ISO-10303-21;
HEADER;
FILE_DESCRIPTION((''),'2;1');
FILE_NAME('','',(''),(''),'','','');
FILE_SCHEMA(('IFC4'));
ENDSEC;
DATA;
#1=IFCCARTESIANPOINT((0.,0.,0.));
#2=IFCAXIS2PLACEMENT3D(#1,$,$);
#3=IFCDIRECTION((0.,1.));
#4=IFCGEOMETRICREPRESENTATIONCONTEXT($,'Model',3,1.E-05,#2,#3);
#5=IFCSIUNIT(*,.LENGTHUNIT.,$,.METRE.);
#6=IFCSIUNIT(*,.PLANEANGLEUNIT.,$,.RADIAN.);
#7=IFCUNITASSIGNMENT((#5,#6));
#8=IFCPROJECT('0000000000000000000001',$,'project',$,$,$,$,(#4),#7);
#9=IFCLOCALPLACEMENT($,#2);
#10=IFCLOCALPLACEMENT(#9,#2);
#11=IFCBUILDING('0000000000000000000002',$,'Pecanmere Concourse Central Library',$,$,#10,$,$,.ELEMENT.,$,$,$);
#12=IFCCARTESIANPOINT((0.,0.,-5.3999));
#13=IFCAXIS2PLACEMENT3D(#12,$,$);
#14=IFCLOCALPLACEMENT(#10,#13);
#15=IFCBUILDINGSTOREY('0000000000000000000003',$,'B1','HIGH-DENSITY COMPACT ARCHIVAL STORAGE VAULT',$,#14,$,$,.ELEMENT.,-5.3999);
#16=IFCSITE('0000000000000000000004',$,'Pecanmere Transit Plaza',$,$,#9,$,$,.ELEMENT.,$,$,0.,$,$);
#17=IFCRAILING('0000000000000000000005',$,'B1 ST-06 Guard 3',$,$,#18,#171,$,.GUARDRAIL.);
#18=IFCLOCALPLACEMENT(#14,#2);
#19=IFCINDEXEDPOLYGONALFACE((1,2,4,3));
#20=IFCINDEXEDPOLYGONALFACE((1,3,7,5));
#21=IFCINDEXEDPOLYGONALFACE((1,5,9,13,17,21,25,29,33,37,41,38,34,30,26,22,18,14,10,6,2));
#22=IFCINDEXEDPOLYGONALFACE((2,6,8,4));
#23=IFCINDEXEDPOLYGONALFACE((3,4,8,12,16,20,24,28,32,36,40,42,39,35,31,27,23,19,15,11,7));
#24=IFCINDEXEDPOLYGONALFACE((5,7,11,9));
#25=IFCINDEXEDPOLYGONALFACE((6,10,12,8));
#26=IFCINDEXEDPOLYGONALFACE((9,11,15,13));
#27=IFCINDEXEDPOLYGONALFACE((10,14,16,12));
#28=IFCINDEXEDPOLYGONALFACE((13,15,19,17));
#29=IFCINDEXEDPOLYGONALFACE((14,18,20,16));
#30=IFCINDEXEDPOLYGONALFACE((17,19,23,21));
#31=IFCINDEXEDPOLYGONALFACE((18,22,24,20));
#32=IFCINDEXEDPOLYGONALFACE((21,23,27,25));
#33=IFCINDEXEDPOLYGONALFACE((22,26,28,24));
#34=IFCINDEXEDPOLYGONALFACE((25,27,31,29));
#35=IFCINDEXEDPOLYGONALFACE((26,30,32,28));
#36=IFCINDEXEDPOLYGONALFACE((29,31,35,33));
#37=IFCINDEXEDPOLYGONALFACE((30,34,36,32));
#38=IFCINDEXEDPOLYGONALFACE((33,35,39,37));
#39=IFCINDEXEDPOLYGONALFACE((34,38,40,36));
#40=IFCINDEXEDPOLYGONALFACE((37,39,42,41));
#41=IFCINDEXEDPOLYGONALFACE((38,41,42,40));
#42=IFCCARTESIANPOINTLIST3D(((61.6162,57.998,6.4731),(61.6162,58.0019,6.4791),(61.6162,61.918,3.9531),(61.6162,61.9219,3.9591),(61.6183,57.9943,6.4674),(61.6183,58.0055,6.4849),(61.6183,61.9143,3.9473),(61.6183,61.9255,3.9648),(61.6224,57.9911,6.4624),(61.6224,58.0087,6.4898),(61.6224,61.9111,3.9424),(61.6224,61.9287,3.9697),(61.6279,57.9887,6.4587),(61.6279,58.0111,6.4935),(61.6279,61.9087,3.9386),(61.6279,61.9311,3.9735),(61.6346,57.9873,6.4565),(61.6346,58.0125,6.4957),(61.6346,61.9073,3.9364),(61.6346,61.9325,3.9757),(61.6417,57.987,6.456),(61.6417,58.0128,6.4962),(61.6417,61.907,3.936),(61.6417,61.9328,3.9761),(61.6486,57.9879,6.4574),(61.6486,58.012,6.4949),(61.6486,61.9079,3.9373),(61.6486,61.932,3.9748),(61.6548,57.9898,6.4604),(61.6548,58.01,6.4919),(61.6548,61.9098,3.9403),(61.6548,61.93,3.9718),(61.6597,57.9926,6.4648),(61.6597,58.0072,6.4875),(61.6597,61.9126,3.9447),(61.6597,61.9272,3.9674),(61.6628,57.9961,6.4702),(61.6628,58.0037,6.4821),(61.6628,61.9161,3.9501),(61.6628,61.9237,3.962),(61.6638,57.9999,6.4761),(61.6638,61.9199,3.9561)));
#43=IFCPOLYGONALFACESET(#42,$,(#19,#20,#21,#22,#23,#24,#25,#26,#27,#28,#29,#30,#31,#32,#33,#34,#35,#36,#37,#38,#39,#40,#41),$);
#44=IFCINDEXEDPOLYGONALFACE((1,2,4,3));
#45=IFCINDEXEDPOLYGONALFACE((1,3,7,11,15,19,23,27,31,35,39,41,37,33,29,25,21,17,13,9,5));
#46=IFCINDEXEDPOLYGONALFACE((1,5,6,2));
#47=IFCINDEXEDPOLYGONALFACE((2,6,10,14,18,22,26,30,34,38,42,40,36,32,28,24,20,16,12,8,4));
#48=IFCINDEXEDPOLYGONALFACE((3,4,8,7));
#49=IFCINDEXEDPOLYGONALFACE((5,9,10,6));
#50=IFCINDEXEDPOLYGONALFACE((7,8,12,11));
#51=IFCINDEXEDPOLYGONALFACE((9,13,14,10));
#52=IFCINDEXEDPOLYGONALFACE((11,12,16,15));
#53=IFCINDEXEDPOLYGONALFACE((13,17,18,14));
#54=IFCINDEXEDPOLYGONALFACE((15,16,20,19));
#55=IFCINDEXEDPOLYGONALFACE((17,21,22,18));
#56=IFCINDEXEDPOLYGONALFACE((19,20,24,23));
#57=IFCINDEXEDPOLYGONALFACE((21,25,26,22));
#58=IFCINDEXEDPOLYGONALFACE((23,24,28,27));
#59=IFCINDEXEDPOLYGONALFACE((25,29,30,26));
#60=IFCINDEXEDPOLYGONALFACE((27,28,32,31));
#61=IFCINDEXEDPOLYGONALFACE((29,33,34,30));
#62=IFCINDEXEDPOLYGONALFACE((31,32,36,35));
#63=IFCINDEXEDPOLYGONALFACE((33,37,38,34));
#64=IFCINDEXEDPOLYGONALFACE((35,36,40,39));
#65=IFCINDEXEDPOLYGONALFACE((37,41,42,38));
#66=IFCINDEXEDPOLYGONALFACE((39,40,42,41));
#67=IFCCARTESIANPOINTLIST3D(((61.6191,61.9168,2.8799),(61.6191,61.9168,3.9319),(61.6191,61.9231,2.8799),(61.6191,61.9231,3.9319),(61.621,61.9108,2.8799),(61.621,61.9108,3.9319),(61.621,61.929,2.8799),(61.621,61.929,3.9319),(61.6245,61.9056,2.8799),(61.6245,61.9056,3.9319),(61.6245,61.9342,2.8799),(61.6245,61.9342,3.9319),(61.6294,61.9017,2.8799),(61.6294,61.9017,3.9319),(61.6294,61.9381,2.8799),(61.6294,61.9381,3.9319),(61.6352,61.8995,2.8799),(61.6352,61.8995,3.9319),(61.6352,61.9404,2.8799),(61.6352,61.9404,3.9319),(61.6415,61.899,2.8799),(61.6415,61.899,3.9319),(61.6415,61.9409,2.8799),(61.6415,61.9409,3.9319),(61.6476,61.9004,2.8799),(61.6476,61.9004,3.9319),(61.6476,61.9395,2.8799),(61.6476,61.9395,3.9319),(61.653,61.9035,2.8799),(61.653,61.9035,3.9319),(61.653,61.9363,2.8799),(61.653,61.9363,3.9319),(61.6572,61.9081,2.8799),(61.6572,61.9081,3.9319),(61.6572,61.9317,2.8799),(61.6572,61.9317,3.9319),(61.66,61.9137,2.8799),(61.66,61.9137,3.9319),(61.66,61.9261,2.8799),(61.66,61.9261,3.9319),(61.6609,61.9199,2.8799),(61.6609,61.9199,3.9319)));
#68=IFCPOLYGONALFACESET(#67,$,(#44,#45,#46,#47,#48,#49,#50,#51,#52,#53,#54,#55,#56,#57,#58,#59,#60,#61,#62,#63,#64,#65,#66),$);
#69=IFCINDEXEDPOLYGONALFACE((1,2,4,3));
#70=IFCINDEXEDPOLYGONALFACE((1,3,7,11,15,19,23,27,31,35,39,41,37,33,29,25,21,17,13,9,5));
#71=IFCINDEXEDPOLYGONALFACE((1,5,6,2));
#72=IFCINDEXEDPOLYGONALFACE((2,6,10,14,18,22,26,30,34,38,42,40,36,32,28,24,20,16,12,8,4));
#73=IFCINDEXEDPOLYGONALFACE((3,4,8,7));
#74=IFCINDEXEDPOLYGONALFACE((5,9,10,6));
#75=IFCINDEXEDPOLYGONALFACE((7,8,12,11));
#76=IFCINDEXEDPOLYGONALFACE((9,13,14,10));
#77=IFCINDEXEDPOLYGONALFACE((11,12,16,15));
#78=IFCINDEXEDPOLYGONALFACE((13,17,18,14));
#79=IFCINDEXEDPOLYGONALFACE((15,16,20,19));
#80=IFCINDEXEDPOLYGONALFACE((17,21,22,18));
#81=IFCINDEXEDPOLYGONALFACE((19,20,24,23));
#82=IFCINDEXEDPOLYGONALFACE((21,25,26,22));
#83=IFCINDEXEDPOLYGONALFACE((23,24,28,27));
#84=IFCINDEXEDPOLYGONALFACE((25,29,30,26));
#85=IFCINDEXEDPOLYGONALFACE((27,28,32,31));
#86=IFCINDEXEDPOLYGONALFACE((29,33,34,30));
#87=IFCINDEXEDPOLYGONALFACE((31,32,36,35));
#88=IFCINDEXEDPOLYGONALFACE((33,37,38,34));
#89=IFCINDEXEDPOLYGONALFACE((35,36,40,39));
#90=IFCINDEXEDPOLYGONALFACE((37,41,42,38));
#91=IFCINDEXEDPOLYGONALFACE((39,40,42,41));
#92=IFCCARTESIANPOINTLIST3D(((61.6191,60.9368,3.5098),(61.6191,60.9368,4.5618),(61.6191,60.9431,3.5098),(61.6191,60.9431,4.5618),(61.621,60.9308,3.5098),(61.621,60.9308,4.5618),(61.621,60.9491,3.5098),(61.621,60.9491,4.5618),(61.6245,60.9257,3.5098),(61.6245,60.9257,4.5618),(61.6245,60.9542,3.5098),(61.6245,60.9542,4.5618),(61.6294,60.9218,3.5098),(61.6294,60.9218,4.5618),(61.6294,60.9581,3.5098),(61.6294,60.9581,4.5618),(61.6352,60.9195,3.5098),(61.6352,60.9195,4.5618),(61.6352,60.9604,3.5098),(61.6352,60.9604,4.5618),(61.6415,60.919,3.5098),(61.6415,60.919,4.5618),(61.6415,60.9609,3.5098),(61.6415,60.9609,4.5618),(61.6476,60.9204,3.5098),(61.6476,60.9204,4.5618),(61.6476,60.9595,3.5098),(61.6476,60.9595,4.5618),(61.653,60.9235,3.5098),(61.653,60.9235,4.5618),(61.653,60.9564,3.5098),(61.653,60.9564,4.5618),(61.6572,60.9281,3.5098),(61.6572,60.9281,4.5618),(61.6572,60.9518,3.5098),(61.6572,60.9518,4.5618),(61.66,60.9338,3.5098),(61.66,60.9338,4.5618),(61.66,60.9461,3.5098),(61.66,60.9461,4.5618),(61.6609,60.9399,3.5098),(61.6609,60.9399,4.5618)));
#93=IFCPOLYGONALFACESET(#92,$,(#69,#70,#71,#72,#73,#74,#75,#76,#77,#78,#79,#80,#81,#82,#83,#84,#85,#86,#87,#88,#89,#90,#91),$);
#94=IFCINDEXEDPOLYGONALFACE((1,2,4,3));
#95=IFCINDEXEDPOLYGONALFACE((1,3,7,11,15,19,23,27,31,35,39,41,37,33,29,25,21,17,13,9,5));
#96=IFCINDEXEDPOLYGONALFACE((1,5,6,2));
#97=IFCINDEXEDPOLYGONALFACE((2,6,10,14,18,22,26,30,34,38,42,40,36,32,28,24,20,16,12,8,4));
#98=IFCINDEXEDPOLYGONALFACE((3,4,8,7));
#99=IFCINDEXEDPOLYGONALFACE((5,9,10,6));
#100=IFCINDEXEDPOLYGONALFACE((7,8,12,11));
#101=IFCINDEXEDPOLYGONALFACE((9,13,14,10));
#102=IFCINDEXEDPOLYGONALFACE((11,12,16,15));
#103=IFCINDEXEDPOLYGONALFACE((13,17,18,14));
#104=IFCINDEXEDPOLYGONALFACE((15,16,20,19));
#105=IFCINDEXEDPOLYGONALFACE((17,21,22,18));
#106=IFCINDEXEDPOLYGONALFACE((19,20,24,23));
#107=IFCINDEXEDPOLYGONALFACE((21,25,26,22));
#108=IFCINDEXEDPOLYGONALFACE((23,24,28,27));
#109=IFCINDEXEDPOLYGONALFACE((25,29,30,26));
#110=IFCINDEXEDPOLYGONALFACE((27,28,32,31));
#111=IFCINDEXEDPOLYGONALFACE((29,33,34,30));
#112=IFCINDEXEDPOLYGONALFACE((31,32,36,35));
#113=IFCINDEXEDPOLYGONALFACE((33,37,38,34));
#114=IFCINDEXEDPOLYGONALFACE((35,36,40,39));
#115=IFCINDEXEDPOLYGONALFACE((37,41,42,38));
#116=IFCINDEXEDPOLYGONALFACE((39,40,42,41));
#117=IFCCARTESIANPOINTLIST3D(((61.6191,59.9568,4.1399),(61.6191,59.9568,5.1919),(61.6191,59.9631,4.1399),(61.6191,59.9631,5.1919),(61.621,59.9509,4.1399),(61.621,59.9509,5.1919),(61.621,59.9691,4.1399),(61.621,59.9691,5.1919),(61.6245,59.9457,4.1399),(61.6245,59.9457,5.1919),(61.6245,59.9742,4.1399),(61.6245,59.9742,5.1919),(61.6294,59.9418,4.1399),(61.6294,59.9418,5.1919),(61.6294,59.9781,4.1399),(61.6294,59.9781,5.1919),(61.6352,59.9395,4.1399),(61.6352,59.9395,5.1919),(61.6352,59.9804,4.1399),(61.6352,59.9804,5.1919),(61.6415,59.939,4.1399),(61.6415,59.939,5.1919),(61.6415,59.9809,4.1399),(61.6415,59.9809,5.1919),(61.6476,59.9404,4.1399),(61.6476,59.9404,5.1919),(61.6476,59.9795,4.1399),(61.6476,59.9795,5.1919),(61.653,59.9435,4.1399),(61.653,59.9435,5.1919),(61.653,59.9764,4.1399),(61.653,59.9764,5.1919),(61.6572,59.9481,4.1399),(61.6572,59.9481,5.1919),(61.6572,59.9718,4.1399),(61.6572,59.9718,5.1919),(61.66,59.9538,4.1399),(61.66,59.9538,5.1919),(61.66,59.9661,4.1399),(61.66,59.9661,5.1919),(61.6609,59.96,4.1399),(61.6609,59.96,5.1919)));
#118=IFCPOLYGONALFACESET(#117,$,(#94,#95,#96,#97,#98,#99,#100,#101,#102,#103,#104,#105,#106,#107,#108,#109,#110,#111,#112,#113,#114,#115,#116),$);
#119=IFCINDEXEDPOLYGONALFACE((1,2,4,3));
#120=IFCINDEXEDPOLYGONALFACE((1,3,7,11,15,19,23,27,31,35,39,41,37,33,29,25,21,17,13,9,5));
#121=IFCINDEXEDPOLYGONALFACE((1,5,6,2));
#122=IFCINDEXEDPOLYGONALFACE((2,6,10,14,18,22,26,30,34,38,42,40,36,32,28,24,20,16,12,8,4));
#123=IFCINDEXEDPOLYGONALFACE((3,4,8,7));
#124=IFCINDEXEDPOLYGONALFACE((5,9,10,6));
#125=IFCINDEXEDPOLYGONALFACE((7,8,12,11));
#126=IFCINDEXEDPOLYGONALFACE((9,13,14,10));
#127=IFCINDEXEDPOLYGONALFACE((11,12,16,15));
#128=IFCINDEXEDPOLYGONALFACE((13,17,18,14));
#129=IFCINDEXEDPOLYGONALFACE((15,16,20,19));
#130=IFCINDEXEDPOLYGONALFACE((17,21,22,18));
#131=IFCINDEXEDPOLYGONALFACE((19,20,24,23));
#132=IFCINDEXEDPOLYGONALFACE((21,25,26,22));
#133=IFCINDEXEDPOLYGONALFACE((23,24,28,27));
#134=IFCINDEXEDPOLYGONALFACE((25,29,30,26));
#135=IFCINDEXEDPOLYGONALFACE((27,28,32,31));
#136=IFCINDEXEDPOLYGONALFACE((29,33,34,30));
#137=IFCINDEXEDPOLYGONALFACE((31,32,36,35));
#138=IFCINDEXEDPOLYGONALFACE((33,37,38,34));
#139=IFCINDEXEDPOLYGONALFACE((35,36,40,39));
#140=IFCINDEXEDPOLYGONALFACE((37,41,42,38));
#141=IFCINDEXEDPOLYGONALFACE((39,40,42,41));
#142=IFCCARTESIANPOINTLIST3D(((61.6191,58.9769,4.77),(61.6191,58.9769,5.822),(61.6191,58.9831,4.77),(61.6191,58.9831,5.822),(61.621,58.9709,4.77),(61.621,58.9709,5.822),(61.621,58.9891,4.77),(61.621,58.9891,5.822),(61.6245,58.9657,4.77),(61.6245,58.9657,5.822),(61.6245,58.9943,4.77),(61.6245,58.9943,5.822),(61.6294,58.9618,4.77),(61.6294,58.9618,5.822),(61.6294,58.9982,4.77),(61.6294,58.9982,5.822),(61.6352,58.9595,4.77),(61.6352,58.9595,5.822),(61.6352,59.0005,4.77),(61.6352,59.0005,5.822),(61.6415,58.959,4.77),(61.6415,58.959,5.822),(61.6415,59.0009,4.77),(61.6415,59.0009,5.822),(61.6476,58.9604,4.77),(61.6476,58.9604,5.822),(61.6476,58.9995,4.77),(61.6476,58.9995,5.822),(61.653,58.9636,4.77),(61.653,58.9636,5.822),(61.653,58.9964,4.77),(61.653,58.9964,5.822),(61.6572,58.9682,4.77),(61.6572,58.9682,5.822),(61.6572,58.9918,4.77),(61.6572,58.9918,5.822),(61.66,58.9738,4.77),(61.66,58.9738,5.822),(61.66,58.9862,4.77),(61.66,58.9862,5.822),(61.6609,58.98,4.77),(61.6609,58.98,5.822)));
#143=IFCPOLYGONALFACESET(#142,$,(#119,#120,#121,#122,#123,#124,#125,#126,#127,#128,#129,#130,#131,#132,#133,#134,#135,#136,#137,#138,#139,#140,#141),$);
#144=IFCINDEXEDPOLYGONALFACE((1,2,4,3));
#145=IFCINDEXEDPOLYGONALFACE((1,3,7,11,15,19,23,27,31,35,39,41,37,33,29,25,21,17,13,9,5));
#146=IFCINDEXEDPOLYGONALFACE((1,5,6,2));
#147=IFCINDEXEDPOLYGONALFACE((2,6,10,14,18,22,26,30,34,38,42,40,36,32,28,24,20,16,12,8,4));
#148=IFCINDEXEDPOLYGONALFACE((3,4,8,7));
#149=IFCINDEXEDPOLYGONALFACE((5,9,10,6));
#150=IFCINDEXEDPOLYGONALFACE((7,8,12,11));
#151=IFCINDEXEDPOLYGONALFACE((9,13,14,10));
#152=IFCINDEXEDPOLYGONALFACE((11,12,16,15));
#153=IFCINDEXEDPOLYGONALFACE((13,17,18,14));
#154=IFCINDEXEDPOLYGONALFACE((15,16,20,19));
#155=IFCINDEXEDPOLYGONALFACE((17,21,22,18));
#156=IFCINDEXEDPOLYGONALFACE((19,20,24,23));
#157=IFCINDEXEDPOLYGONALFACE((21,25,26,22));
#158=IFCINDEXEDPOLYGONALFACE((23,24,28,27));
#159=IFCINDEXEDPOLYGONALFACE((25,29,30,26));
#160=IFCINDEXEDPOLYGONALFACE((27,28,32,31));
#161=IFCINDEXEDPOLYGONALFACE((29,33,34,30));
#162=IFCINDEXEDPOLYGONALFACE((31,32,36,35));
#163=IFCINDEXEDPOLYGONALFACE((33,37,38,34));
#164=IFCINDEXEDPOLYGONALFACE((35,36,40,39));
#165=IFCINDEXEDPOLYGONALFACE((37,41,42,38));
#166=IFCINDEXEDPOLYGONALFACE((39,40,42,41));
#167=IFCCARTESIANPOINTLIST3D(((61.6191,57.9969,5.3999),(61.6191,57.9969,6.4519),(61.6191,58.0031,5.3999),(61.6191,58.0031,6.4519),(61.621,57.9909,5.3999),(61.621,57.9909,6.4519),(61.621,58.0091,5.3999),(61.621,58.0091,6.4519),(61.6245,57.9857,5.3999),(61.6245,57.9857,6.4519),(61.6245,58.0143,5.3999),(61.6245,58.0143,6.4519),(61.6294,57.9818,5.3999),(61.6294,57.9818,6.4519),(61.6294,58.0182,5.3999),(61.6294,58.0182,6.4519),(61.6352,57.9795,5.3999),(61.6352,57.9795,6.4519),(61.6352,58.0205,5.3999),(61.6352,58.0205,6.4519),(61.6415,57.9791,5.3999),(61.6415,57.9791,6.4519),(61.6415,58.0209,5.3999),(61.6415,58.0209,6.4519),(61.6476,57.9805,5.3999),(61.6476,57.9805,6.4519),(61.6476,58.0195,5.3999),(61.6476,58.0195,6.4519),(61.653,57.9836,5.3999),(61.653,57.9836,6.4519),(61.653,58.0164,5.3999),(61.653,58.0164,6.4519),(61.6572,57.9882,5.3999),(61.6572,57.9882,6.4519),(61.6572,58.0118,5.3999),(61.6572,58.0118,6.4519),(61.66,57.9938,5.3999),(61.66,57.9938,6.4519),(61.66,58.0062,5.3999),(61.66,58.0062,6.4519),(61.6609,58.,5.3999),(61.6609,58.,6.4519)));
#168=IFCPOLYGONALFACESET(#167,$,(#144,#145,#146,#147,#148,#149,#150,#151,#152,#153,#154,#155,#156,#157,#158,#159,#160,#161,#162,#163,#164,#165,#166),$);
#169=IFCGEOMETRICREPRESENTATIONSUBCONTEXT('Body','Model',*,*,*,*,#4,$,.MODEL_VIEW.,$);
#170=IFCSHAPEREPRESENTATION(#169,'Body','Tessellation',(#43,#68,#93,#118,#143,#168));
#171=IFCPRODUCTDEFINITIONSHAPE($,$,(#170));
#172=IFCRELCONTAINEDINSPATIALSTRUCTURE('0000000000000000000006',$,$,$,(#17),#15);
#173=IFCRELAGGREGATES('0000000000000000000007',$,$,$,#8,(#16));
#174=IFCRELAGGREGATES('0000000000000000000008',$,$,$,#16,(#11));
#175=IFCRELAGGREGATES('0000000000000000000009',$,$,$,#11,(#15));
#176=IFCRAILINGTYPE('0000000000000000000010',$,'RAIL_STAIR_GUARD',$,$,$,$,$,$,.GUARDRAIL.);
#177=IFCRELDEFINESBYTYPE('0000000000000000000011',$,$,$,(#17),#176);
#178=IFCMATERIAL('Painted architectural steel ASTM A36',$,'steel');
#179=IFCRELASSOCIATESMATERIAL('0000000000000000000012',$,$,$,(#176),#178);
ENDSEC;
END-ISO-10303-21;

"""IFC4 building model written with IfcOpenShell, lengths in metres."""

from ifc_helpers import new_model, si_unit, direction, frame, origin, origin_2d, place, context, subcontext, project, spatial, circle, extrude, material, type_object, element, save


model = new_model("IFC4")

# Units and contexts
model_context = context("Model", 3, precision=1e-05, world=origin(), true_north=direction((0.0, 1.0)))
body_context = subcontext(model_context, "Body", "Model", "MODEL_VIEW")
ifc_project = project(units=[si_unit("LENGTHUNIT", "METRE"), si_unit("PLANEANGLEUNIT", "RADIAN")], contexts=[model_context])

# Site, building, storey
site_placement = place(None, origin())
site = spatial("IfcSite", under=ifc_project, at=site_placement, Name="Pecanmere Transit Plaza", CompositionType="ELEMENT", RefElevation=0.0)
building_placement = place(site_placement, origin())
building = spatial("IfcBuilding", under=site, at=building_placement, Name="Pecanmere Concourse Central Library", CompositionType="ELEMENT")
storey_placement = place(building_placement, frame((0.0, 0.0, -5.3999)))
storey = spatial("IfcBuildingStorey", under=building, at=storey_placement, Name="B1", Description="HIGH-DENSITY COMPACT ARCHIVAL STORAGE VAULT", CompositionType="ELEMENT", Elevation=-5.3999)

# Railing
ifc_material_1 = material(Name="Painted architectural steel ASTM A36", Category="steel")
railing_type_1 = type_object("IfcRailingType", Name="RAIL_STAIR_GUARD", PredefinedType="GUARDRAIL", material=ifc_material_1)
railing_1_placement = place(storey_placement, frame((61.6399, 61.9199, 2.8799)))
element("IfcRailing", 1, at=railing_1_placement, inside=storey, type_object=railing_type_1, Name="B1 ST-06 Guard 3", PredefinedType="GUARDRAIL", context=body_context, shape_type="SweptSolid", body=[
    extrude(circle(Radius=0.0239, at=origin_2d()), frame((0.0, 0.0, 1.0762), z_axis=(0.0, -0.841172, 0.540768), x_axis=(1.0, 0.0, 0.0)), (0.0, 0.0, 1.0), 4.6602),
    extrude(circle(Radius=0.021, at=origin_2d()), origin(), (0.0, 0.0, 1.0), 1.052),
    extrude(circle(Radius=0.021, at=origin_2d()), frame((0.0, -0.98, 0.6299)), (0.0, 0.0, 1.0), 1.052),
    extrude(circle(Radius=0.021, at=origin_2d()), frame((0.0, -1.96, 1.26)), (0.0, 0.0, 1.0), 1.052),
    extrude(circle(Radius=0.021, at=origin_2d()), frame((0.0, -2.9399, 1.8901)), (0.0, 0.0, 1.0), 1.052),
    extrude(circle(Radius=0.021, at=origin_2d()), frame((0.0, -3.9199, 2.52)), (0.0, 0.0, 1.0), 1.052),
])

save(model, "model.ifc")
